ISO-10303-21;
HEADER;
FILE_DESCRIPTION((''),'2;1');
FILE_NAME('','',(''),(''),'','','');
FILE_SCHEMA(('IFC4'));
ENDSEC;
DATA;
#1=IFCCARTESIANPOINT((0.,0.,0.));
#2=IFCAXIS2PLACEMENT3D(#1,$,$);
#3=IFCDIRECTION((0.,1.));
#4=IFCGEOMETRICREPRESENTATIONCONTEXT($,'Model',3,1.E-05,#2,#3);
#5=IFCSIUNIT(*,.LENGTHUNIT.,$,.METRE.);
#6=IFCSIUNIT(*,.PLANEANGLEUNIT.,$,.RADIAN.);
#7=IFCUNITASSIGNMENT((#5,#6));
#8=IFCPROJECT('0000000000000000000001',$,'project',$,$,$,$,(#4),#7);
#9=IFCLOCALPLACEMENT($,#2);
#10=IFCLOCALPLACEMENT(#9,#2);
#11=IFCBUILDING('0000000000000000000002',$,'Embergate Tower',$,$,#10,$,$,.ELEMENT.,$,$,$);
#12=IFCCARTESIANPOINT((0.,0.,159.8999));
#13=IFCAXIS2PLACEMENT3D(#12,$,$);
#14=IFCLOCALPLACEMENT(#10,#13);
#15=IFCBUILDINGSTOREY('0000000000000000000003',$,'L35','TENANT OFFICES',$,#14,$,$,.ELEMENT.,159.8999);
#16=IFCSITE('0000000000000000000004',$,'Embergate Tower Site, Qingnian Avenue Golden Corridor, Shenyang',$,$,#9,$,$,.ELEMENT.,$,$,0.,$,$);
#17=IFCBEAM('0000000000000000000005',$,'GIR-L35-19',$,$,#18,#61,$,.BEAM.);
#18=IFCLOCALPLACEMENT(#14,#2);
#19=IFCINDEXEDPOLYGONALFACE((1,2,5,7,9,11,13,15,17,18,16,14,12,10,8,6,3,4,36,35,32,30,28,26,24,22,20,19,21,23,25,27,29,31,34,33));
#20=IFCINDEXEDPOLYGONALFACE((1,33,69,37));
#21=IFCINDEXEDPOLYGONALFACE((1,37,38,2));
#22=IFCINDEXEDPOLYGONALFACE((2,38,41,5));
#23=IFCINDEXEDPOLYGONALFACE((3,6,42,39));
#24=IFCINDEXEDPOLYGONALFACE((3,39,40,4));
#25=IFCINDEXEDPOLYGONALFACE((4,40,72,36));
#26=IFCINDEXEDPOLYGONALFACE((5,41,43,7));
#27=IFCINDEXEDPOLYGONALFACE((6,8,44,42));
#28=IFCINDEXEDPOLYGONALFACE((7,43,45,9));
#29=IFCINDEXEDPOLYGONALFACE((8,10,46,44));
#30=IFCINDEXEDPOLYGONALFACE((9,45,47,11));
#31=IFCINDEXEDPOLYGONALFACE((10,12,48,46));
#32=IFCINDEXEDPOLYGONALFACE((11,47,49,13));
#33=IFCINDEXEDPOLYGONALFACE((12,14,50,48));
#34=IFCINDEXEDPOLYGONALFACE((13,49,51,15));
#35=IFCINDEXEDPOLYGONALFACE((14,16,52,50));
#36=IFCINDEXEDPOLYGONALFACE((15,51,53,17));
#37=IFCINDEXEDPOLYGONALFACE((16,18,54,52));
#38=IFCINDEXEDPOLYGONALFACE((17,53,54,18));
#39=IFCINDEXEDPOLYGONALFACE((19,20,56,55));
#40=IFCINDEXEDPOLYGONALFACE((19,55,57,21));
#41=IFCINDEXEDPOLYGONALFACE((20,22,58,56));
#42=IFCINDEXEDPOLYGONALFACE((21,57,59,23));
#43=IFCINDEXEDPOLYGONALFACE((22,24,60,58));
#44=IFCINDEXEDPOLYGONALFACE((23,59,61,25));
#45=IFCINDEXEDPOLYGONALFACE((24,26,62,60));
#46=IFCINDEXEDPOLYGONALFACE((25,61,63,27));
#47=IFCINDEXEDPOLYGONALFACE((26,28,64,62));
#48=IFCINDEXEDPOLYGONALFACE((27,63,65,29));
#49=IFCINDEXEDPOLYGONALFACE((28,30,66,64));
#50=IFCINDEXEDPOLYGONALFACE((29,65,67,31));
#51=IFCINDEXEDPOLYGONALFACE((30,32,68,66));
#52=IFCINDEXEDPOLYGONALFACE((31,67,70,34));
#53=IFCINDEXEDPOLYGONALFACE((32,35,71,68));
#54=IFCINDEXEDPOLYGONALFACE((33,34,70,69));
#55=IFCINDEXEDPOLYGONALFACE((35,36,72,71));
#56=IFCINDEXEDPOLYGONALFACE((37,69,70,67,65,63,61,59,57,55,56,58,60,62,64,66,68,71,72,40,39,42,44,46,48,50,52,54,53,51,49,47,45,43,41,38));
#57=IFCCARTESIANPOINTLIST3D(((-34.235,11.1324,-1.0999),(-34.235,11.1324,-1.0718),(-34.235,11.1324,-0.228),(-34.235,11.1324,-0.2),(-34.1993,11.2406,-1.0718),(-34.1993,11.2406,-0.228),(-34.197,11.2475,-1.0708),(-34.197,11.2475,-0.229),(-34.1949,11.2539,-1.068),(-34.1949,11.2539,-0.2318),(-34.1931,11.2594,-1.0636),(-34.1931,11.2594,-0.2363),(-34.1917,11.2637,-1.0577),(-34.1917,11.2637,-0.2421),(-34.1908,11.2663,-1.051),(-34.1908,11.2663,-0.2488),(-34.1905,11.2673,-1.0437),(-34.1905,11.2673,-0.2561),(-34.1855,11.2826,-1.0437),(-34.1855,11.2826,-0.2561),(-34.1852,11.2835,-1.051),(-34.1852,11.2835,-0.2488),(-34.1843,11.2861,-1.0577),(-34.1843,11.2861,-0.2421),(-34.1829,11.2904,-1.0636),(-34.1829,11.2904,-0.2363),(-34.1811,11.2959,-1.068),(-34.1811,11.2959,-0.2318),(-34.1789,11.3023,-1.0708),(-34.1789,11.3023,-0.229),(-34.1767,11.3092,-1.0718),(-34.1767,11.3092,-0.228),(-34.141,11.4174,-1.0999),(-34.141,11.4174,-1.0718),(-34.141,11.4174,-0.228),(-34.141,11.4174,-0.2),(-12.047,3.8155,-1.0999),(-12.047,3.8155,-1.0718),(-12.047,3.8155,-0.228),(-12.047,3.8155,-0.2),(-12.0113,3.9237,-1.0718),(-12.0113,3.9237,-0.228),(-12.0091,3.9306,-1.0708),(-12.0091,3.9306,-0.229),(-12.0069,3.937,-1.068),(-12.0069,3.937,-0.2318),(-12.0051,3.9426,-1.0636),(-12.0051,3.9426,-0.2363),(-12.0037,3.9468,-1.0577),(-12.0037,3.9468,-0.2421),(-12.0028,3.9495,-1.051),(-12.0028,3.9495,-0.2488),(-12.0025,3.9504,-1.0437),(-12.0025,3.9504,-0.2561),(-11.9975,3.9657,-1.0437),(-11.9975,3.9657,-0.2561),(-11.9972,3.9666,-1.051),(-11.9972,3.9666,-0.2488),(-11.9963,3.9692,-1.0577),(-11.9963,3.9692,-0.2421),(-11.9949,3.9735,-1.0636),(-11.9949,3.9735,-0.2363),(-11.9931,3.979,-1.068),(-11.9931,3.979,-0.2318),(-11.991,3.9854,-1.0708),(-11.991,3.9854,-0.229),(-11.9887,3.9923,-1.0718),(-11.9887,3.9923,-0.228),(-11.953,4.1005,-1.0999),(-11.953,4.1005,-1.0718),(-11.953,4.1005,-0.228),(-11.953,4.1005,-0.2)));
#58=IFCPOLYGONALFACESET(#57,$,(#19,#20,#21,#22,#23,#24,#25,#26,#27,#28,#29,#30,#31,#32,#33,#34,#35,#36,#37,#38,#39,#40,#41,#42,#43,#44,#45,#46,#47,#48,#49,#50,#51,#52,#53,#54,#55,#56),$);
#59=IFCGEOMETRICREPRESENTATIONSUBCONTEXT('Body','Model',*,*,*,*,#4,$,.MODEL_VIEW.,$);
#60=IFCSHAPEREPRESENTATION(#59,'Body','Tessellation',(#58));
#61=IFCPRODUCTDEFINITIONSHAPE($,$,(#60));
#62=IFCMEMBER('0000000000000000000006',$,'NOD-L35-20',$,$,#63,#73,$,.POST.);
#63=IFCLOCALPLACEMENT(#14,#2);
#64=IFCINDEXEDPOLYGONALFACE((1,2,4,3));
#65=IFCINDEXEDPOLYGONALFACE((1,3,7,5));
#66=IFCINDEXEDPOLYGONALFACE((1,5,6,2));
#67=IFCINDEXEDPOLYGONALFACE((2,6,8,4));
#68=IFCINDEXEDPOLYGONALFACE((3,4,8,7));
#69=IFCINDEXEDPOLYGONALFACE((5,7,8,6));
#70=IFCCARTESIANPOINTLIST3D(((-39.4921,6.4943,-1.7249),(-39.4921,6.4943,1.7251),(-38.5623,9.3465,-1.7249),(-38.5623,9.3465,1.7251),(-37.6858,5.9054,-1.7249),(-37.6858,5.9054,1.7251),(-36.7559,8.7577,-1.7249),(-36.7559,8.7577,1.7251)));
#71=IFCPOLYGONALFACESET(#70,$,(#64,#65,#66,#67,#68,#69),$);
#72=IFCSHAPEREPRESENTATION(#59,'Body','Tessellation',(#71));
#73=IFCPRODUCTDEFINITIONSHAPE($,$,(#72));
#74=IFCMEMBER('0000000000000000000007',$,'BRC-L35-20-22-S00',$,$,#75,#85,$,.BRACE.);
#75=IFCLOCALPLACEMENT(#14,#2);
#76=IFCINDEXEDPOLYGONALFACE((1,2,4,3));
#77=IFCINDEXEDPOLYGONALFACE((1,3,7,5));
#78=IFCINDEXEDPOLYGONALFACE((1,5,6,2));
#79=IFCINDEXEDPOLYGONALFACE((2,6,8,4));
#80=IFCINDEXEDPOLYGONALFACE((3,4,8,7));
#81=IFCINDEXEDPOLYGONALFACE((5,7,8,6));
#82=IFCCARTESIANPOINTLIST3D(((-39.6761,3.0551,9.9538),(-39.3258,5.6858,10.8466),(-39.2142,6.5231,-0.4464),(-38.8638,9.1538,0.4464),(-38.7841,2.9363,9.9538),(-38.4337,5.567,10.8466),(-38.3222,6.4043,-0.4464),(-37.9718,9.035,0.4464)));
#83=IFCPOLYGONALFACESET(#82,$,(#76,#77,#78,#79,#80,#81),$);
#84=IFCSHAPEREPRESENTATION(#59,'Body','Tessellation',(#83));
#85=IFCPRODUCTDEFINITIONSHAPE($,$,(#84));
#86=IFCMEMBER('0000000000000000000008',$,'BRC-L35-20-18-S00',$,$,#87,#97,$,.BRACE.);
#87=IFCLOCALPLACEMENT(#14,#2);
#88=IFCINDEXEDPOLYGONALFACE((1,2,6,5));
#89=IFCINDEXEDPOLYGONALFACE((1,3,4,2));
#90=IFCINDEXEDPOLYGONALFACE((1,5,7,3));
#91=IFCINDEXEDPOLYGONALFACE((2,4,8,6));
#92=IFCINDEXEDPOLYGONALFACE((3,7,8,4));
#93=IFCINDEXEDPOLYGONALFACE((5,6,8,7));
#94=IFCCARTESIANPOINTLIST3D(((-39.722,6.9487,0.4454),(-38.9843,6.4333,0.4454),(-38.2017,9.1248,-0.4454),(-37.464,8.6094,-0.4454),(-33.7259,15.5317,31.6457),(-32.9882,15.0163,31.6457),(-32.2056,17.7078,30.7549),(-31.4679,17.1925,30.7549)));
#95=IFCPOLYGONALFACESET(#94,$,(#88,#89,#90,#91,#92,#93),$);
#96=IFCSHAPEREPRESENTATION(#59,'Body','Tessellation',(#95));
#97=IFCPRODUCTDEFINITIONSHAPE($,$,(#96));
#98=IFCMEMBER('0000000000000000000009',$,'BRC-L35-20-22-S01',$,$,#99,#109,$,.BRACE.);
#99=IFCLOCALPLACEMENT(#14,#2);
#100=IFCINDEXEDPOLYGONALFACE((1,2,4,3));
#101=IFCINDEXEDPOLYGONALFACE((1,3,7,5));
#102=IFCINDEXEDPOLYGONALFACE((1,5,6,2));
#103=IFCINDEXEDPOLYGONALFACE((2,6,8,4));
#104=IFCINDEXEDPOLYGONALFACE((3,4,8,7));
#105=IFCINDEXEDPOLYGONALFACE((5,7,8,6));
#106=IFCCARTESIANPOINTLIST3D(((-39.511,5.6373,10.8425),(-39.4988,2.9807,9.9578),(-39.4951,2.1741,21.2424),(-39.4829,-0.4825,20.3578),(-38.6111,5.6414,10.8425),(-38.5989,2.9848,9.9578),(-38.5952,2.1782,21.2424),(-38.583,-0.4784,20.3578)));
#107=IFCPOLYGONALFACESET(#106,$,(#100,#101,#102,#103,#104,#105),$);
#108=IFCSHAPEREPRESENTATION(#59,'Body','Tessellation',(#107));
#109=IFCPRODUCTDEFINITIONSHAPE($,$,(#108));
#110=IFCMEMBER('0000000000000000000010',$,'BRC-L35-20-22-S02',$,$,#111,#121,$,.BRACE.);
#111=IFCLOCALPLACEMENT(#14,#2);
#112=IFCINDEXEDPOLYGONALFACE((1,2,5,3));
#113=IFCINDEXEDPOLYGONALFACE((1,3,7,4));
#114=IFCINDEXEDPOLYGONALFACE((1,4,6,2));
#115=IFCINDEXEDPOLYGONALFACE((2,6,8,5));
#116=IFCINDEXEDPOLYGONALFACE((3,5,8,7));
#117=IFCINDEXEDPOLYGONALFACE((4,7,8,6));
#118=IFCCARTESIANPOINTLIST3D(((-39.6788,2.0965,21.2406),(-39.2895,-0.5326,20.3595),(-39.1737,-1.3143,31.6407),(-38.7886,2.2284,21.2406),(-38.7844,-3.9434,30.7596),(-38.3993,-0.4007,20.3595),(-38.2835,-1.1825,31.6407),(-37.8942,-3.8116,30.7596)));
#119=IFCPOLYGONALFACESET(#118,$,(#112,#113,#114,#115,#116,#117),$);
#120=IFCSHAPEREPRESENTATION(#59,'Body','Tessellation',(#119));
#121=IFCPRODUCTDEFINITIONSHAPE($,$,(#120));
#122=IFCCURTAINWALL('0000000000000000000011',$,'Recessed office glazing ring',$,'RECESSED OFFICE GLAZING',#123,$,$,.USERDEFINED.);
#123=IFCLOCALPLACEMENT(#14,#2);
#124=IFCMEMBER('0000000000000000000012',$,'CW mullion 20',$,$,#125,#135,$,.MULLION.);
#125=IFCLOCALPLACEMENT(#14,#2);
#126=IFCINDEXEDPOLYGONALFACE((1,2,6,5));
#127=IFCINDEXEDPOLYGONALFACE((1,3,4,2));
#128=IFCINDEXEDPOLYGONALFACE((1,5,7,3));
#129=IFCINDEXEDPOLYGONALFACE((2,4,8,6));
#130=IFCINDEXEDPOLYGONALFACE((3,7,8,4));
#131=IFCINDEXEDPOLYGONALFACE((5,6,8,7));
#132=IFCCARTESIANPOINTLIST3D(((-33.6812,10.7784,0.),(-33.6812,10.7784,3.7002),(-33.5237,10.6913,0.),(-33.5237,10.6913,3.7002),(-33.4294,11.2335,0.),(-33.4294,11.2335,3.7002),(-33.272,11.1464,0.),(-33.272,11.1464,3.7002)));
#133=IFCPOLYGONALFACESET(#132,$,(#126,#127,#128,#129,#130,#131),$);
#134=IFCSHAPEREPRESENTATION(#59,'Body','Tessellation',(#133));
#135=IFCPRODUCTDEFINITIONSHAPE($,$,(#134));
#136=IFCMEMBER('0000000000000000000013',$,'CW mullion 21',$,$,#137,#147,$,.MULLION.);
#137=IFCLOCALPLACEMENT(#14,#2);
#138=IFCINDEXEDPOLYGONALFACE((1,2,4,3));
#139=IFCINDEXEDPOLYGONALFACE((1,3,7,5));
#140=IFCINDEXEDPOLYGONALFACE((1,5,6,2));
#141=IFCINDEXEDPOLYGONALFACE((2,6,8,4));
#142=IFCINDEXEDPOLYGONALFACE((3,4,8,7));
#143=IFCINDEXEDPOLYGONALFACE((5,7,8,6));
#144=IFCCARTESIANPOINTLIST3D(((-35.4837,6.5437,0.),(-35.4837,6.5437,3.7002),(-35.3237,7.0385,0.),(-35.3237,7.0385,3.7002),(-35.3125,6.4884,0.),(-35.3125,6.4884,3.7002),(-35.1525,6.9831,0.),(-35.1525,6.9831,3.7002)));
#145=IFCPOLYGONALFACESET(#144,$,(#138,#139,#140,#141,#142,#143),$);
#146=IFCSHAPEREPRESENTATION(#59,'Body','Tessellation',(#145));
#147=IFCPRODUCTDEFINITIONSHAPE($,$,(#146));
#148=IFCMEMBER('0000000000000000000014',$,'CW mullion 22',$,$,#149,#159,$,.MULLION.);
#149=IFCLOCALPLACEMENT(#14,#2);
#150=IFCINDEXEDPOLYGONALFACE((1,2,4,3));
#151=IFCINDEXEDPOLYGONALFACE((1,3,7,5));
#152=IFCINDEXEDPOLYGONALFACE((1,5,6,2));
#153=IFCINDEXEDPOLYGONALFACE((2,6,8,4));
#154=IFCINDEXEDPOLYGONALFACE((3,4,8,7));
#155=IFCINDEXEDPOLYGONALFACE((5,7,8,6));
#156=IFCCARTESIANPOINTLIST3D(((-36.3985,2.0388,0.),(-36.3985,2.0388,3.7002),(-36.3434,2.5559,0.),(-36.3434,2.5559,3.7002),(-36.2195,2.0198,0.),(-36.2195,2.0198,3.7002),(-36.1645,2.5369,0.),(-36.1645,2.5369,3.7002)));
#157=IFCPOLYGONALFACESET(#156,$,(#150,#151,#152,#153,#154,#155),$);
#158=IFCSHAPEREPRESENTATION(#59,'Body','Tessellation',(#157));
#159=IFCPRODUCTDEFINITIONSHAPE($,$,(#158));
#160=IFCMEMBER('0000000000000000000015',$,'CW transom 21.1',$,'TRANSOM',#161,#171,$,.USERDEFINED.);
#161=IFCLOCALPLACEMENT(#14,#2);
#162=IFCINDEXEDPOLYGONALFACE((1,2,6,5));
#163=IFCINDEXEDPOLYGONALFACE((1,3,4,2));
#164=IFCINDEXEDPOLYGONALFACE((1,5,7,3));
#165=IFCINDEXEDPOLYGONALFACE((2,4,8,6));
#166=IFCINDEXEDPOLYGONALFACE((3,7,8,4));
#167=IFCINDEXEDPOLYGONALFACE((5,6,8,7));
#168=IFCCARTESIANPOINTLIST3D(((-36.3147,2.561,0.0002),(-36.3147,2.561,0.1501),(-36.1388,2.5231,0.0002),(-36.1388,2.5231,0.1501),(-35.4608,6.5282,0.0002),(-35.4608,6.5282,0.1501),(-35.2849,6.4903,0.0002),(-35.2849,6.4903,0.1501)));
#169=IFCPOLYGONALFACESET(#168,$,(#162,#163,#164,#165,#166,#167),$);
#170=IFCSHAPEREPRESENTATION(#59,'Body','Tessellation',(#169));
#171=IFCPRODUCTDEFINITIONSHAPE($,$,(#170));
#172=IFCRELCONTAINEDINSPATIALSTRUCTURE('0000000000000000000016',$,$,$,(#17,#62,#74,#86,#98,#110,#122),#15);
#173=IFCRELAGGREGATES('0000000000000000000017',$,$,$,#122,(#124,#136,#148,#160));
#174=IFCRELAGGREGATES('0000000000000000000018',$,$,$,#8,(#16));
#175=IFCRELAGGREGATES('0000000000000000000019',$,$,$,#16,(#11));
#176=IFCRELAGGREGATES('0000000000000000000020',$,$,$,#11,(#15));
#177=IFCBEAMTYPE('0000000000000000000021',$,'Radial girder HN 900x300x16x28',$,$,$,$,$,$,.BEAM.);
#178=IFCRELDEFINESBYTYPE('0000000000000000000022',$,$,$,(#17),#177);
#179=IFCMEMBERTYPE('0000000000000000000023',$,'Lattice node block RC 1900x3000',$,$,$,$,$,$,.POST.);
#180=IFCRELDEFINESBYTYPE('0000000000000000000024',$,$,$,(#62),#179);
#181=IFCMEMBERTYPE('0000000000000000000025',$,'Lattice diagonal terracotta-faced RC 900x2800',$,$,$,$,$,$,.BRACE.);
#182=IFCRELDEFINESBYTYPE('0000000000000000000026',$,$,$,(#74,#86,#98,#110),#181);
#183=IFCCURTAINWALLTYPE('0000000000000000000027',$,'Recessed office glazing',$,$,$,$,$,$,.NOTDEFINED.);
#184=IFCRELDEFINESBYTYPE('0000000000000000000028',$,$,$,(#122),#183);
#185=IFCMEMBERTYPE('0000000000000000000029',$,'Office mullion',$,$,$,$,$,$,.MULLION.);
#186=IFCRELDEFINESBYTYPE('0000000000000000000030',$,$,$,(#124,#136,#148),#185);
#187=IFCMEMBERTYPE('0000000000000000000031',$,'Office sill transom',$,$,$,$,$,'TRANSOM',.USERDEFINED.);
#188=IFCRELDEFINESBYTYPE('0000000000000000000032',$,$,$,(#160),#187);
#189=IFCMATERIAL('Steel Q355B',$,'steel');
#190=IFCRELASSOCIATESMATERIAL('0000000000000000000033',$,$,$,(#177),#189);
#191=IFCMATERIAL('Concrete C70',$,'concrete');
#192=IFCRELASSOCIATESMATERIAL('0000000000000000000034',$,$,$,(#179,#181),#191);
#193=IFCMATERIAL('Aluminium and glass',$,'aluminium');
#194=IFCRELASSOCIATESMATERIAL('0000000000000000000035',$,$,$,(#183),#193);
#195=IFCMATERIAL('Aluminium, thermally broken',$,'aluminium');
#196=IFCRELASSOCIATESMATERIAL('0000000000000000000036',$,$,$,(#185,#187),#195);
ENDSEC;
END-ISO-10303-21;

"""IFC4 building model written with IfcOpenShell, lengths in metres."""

from ifc_helpers import new_model, si_unit, direction, frame, origin, origin_2d, place, context, subcontext, project, spatial, rectangle, i_section, extrude, source, transform, mapped, material, material_profile, profile_set, type_object, element, aggregate, save


model = new_model("IFC4")

# Units and contexts
model_context = context("Model", 3, precision=1e-05, world=origin(), true_north=direction((0.0, 1.0)))
body_context = subcontext(model_context, "Body", "Model", "MODEL_VIEW")
ifc_project = project(units=[si_unit("LENGTHUNIT", "METRE"), si_unit("PLANEANGLEUNIT", "RADIAN")], contexts=[model_context])

# Site, building, storey
site_placement = place(None, origin())
site = spatial("IfcSite", under=ifc_project, at=site_placement, Name="Embergate Tower Site, Qingnian Avenue Golden Corridor, Shenyang", CompositionType="ELEMENT", RefElevation=0.0)
building_placement = place(site_placement, origin())
building = spatial("IfcBuilding", under=site, at=building_placement, Name="Embergate Tower", CompositionType="ELEMENT")
storey_placement = place(building_placement, frame((0.0, 0.0, 159.8999)))
storey = spatial("IfcBuildingStorey", under=building, at=storey_placement, Name="L35", Description="TENANT OFFICES", CompositionType="ELEMENT", Elevation=159.8999)

# Shared definitions
ifc_material_1 = material(Name="Concrete C70", Category="concrete")

# Beam
ifc_material_2 = material(Name="Steel Q355B", Category="steel")
ifc_material_profile_1 = material_profile(ifc_material_2, i_section(OverallWidth=0.3, OverallDepth=0.8999, WebThickness=0.0161, FlangeThickness=0.0281, FilletRadius=0.0281, at=origin_2d()), Name="HN 900x300x16x28")
ifc_profile_set_1 = profile_set([ifc_material_profile_1], Name="Steel Q355 grade B")
beam_type_1 = type_object("IfcBeamType", Name="Radial girder HN 900x300x16x28", PredefinedType="BEAM", material=ifc_profile_set_1)
shared_shape_1 = source(origin(), body_context, "Body", "SweptSolid", [
    extrude(i_section(OverallWidth=0.3, OverallDepth=0.8999, WebThickness=0.0161, FlangeThickness=0.0281, FilletRadius=0.0281, at=origin_2d()), origin(), (0.0, 0.0, 1.0), 23.3633),
])
beam_1_placement = place(storey_placement, frame((-34.188, 11.2749, -0.6499), z_axis=(0.949694, -0.313179, 0.0), x_axis=(0.313179, 0.949694, 0.0)))
element("IfcBeam", 1, at=beam_1_placement, inside=storey, type_object=beam_type_1, Name="GIR-L35-19", PredefinedType="BEAM", context=body_context, shape_type="MappedRepresentation", body=[
    mapped(shared_shape_1, transform((0.0, 0.0, 0.0))),
])

# Members
ifc_material_profile_2 = material_profile(ifc_material_1, rectangle(XDim=1.8999, YDim=3.0, at=origin_2d()), Name="RC 1900x3000")
ifc_profile_set_2 = profile_set([ifc_material_profile_2], Name="Concrete C70")
member_type_1 = type_object("IfcMemberType", Name="Lattice node block RC 1900x3000", PredefinedType="POST", material=ifc_profile_set_2)
shared_shape_2 = source(origin(), body_context, "Body", "SweptSolid", [
    extrude(rectangle(XDim=1.8999, YDim=3.0, at=origin_2d()), origin(), (0.0, 0.0, 1.0), 3.45),
])
member_1_placement = place(storey_placement, frame((-38.124, 7.626, -1.7249), z_axis=(0.0, 0.0, 1.0), x_axis=(-0.950754, 0.309946, 0.0)))
element("IfcMember", 2, at=member_1_placement, inside=storey, type_object=member_type_1, Name="NOD-L35-20", PredefinedType="POST", context=body_context, shape_type="MappedRepresentation", body=[
    mapped(shared_shape_2, transform((0.0, 0.0, 0.0))),
])
ifc_material_profile_3 = material_profile(ifc_material_1, rectangle(XDim=0.8999, YDim=2.8, at=origin_2d()), Name="RC 900x2800")
ifc_profile_set_3 = profile_set([ifc_material_profile_3], Name="Concrete C70")
member_type_2 = type_object("IfcMemberType", Name="Lattice diagonal terracotta-faced RC 900x2800", PredefinedType="BRACE", material=ifc_profile_set_3)
shared_shape_3 = source(origin(), body_context, "Body", "SweptSolid", [
    extrude(rectangle(XDim=0.8999, YDim=2.8, at=origin_2d()), origin(), (0.0, 0.0, 1.0), 10.9729),
])
member_2_placement = place(storey_placement, frame((-38.593, 7.7791, 0.0), z_axis=(-0.042096, -0.316054, 0.947807), x_axis=(0.991246, -0.132027, 0.0)))
element("IfcMember", 3, at=member_2_placement, inside=storey, type_object=member_type_2, Name="BRC-L35-20-22-S00", PredefinedType="BRACE", context=body_context, shape_type="MappedRepresentation", body=[
    mapped(shared_shape_3, transform((0.0, 0.0, 0.0))),
])
shared_shape_4 = source(origin(), body_context, "Body", "SweptSolid", [
    extrude(rectangle(XDim=0.8999, YDim=2.8, at=origin_2d()), origin(), (0.0, 0.0, 1.0), 32.9102),
])
member_3_placement = place(storey_placement, frame((-38.593, 7.7791, 0.0), z_axis=(0.182196, 0.260802, 0.948044), x_axis=(-0.819771, 0.572692, 0.0)))
element("IfcMember", 4, at=member_3_placement, inside=storey, type_object=member_type_2, Name="BRC-L35-20-18-S00", PredefinedType="BRACE", context=body_context, shape_type="MappedRepresentation", body=[
    mapped(shared_shape_4, transform((0.0, 0.0, 0.0))),
])
shared_shape_5 = source(origin(), body_context, "Body", "SweptSolid", [
    extrude(rectangle(XDim=0.8999, YDim=2.8, at=origin_2d()), origin(), (0.0, 0.0, 1.0), 10.9614),
])
member_4_placement = place(storey_placement, frame((-39.0549, 4.311, 10.4001), z_axis=(0.001448, -0.31594, 0.948778), x_axis=(0.99999, 0.004582, 0.0)))
element("IfcMember", 5, at=member_4_placement, inside=storey, type_object=member_type_2, Name="BRC-L35-20-22-S01", PredefinedType="BRACE", context=body_context, shape_type="MappedRepresentation", body=[
    mapped(shared_shape_5, transform((0.0, 0.0, 0.0))),
])
shared_shape_6 = source(origin(), body_context, "Body", "SweptSolid", [
    extrude(rectangle(XDim=0.8999, YDim=2.8, at=origin_2d()), origin(), (0.0, 0.0, 1.0), 10.9568),
])
member_5_placement = place(storey_placement, frame((-39.0391, 0.8479, 20.8), z_axis=(0.046102, -0.311302, 0.949192), x_axis=(0.989211, 0.146495, 0.0)))
element("IfcMember", 6, at=member_5_placement, inside=storey, type_object=member_type_2, Name="BRC-L35-20-22-S02", PredefinedType="BRACE", context=body_context, shape_type="MappedRepresentation", body=[
    mapped(shared_shape_6, transform((0.0, 0.0, 0.0))),
])

# Curtain wall, members
ifc_material_3 = material(Name="Aluminium and glass", Category="aluminium")
curtain_wall_type = type_object("IfcCurtainWallType", Name="Recessed office glazing", PredefinedType="NOTDEFINED", material=ifc_material_3)
curtain_wall_placement = place(storey_placement, origin())
curtain_wall = element("IfcCurtainWall", 7, at=curtain_wall_placement, inside=storey, type_object=curtain_wall_type, Name="Recessed office glazing ring", ObjectType="RECESSED OFFICE GLAZING", PredefinedType="USERDEFINED")
ifc_material_4 = material(Name="Aluminium, thermally broken", Category="aluminium")
ifc_material_profile_4 = material_profile(ifc_material_4, rectangle(XDim=0.1799, YDim=0.52, at=origin_2d()), Name="AL 520x180")
ifc_profile_set_4 = profile_set([ifc_material_profile_4], Name="Aluminium, thermally broken")
member_type_3 = type_object("IfcMemberType", Name="Office mullion", PredefinedType="MULLION", material=ifc_profile_set_4)
shared_shape_7 = source(origin(), body_context, "Body", "SweptSolid", [
    extrude(rectangle(XDim=0.1799, YDim=0.52, at=origin_2d()), origin(), (0.0, 0.0, 1.0), 3.7002),
])
member_6_placement = place(storey_placement, frame((-33.4766, 10.9624, 0.0), z_axis=(0.0, 0.0, 1.0), x_axis=(0.875002, -0.484119, 0.0)))
member_6 = element("IfcMember", 8, at=member_6_placement, type_object=member_type_3, Name="CW mullion 20", PredefinedType="MULLION", context=body_context, shape_type="MappedRepresentation", body=[
    mapped(shared_shape_7, transform((0.0, 0.0, 0.0))),
])
member_7_placement = place(storey_placement, frame((-35.3181, 6.7634, 0.0), z_axis=(0.0, 0.0, 1.0), x_axis=(0.951498, -0.307656, 0.0)))
member_7 = element("IfcMember", 9, at=member_7_placement, type_object=member_type_3, Name="CW mullion 21", PredefinedType="MULLION", context=body_context, shape_type="MappedRepresentation", body=[
    mapped(shared_shape_7, transform((0.0, 0.0, 0.0))),
])
member_8_placement = place(storey_placement, frame((-36.2815, 2.2878, 0.0), z_axis=(0.0, 0.0, 1.0), x_axis=(0.994385, -0.105823, 0.0)))
member_8 = element("IfcMember", 10, at=member_8_placement, type_object=member_type_3, Name="CW mullion 22", PredefinedType="MULLION", context=body_context, shape_type="MappedRepresentation", body=[
    mapped(shared_shape_7, transform((0.0, 0.0, 0.0))),
])
ifc_material_profile_5 = material_profile(ifc_material_4, rectangle(XDim=0.1799, YDim=0.1499, at=origin_2d()), Name="AL 150x180")
ifc_profile_set_5 = profile_set([ifc_material_profile_5], Name="Aluminium, thermally broken")
member_type_4 = type_object("IfcMemberType", Name="Office sill transom", ElementType="TRANSOM", PredefinedType="USERDEFINED", material=ifc_profile_set_5)
shared_shape_8 = source(origin(), body_context, "Body", "SweptSolid", [
    extrude(rectangle(XDim=0.1799, YDim=0.1499, at=origin_2d()), origin(), (0.0, 0.0, 1.0), 4.0581),
])
member_9_placement = place(storey_placement, frame((-35.3728, 6.5093, 0.0752), z_axis=(-0.210441, -0.977607, 0.0), x_axis=(0.977607, -0.210441, 0.0)))
member_9 = element("IfcMember", 11, at=member_9_placement, type_object=member_type_4, Name="CW transom 21.1", ObjectType="TRANSOM", PredefinedType="USERDEFINED", context=body_context, shape_type="MappedRepresentation", body=[
    mapped(shared_shape_8, transform((0.0, 0.0, 0.0))),
])
aggregate(curtain_wall, [member_6, member_7, member_8, member_9])

save(model, "model.ifc")
